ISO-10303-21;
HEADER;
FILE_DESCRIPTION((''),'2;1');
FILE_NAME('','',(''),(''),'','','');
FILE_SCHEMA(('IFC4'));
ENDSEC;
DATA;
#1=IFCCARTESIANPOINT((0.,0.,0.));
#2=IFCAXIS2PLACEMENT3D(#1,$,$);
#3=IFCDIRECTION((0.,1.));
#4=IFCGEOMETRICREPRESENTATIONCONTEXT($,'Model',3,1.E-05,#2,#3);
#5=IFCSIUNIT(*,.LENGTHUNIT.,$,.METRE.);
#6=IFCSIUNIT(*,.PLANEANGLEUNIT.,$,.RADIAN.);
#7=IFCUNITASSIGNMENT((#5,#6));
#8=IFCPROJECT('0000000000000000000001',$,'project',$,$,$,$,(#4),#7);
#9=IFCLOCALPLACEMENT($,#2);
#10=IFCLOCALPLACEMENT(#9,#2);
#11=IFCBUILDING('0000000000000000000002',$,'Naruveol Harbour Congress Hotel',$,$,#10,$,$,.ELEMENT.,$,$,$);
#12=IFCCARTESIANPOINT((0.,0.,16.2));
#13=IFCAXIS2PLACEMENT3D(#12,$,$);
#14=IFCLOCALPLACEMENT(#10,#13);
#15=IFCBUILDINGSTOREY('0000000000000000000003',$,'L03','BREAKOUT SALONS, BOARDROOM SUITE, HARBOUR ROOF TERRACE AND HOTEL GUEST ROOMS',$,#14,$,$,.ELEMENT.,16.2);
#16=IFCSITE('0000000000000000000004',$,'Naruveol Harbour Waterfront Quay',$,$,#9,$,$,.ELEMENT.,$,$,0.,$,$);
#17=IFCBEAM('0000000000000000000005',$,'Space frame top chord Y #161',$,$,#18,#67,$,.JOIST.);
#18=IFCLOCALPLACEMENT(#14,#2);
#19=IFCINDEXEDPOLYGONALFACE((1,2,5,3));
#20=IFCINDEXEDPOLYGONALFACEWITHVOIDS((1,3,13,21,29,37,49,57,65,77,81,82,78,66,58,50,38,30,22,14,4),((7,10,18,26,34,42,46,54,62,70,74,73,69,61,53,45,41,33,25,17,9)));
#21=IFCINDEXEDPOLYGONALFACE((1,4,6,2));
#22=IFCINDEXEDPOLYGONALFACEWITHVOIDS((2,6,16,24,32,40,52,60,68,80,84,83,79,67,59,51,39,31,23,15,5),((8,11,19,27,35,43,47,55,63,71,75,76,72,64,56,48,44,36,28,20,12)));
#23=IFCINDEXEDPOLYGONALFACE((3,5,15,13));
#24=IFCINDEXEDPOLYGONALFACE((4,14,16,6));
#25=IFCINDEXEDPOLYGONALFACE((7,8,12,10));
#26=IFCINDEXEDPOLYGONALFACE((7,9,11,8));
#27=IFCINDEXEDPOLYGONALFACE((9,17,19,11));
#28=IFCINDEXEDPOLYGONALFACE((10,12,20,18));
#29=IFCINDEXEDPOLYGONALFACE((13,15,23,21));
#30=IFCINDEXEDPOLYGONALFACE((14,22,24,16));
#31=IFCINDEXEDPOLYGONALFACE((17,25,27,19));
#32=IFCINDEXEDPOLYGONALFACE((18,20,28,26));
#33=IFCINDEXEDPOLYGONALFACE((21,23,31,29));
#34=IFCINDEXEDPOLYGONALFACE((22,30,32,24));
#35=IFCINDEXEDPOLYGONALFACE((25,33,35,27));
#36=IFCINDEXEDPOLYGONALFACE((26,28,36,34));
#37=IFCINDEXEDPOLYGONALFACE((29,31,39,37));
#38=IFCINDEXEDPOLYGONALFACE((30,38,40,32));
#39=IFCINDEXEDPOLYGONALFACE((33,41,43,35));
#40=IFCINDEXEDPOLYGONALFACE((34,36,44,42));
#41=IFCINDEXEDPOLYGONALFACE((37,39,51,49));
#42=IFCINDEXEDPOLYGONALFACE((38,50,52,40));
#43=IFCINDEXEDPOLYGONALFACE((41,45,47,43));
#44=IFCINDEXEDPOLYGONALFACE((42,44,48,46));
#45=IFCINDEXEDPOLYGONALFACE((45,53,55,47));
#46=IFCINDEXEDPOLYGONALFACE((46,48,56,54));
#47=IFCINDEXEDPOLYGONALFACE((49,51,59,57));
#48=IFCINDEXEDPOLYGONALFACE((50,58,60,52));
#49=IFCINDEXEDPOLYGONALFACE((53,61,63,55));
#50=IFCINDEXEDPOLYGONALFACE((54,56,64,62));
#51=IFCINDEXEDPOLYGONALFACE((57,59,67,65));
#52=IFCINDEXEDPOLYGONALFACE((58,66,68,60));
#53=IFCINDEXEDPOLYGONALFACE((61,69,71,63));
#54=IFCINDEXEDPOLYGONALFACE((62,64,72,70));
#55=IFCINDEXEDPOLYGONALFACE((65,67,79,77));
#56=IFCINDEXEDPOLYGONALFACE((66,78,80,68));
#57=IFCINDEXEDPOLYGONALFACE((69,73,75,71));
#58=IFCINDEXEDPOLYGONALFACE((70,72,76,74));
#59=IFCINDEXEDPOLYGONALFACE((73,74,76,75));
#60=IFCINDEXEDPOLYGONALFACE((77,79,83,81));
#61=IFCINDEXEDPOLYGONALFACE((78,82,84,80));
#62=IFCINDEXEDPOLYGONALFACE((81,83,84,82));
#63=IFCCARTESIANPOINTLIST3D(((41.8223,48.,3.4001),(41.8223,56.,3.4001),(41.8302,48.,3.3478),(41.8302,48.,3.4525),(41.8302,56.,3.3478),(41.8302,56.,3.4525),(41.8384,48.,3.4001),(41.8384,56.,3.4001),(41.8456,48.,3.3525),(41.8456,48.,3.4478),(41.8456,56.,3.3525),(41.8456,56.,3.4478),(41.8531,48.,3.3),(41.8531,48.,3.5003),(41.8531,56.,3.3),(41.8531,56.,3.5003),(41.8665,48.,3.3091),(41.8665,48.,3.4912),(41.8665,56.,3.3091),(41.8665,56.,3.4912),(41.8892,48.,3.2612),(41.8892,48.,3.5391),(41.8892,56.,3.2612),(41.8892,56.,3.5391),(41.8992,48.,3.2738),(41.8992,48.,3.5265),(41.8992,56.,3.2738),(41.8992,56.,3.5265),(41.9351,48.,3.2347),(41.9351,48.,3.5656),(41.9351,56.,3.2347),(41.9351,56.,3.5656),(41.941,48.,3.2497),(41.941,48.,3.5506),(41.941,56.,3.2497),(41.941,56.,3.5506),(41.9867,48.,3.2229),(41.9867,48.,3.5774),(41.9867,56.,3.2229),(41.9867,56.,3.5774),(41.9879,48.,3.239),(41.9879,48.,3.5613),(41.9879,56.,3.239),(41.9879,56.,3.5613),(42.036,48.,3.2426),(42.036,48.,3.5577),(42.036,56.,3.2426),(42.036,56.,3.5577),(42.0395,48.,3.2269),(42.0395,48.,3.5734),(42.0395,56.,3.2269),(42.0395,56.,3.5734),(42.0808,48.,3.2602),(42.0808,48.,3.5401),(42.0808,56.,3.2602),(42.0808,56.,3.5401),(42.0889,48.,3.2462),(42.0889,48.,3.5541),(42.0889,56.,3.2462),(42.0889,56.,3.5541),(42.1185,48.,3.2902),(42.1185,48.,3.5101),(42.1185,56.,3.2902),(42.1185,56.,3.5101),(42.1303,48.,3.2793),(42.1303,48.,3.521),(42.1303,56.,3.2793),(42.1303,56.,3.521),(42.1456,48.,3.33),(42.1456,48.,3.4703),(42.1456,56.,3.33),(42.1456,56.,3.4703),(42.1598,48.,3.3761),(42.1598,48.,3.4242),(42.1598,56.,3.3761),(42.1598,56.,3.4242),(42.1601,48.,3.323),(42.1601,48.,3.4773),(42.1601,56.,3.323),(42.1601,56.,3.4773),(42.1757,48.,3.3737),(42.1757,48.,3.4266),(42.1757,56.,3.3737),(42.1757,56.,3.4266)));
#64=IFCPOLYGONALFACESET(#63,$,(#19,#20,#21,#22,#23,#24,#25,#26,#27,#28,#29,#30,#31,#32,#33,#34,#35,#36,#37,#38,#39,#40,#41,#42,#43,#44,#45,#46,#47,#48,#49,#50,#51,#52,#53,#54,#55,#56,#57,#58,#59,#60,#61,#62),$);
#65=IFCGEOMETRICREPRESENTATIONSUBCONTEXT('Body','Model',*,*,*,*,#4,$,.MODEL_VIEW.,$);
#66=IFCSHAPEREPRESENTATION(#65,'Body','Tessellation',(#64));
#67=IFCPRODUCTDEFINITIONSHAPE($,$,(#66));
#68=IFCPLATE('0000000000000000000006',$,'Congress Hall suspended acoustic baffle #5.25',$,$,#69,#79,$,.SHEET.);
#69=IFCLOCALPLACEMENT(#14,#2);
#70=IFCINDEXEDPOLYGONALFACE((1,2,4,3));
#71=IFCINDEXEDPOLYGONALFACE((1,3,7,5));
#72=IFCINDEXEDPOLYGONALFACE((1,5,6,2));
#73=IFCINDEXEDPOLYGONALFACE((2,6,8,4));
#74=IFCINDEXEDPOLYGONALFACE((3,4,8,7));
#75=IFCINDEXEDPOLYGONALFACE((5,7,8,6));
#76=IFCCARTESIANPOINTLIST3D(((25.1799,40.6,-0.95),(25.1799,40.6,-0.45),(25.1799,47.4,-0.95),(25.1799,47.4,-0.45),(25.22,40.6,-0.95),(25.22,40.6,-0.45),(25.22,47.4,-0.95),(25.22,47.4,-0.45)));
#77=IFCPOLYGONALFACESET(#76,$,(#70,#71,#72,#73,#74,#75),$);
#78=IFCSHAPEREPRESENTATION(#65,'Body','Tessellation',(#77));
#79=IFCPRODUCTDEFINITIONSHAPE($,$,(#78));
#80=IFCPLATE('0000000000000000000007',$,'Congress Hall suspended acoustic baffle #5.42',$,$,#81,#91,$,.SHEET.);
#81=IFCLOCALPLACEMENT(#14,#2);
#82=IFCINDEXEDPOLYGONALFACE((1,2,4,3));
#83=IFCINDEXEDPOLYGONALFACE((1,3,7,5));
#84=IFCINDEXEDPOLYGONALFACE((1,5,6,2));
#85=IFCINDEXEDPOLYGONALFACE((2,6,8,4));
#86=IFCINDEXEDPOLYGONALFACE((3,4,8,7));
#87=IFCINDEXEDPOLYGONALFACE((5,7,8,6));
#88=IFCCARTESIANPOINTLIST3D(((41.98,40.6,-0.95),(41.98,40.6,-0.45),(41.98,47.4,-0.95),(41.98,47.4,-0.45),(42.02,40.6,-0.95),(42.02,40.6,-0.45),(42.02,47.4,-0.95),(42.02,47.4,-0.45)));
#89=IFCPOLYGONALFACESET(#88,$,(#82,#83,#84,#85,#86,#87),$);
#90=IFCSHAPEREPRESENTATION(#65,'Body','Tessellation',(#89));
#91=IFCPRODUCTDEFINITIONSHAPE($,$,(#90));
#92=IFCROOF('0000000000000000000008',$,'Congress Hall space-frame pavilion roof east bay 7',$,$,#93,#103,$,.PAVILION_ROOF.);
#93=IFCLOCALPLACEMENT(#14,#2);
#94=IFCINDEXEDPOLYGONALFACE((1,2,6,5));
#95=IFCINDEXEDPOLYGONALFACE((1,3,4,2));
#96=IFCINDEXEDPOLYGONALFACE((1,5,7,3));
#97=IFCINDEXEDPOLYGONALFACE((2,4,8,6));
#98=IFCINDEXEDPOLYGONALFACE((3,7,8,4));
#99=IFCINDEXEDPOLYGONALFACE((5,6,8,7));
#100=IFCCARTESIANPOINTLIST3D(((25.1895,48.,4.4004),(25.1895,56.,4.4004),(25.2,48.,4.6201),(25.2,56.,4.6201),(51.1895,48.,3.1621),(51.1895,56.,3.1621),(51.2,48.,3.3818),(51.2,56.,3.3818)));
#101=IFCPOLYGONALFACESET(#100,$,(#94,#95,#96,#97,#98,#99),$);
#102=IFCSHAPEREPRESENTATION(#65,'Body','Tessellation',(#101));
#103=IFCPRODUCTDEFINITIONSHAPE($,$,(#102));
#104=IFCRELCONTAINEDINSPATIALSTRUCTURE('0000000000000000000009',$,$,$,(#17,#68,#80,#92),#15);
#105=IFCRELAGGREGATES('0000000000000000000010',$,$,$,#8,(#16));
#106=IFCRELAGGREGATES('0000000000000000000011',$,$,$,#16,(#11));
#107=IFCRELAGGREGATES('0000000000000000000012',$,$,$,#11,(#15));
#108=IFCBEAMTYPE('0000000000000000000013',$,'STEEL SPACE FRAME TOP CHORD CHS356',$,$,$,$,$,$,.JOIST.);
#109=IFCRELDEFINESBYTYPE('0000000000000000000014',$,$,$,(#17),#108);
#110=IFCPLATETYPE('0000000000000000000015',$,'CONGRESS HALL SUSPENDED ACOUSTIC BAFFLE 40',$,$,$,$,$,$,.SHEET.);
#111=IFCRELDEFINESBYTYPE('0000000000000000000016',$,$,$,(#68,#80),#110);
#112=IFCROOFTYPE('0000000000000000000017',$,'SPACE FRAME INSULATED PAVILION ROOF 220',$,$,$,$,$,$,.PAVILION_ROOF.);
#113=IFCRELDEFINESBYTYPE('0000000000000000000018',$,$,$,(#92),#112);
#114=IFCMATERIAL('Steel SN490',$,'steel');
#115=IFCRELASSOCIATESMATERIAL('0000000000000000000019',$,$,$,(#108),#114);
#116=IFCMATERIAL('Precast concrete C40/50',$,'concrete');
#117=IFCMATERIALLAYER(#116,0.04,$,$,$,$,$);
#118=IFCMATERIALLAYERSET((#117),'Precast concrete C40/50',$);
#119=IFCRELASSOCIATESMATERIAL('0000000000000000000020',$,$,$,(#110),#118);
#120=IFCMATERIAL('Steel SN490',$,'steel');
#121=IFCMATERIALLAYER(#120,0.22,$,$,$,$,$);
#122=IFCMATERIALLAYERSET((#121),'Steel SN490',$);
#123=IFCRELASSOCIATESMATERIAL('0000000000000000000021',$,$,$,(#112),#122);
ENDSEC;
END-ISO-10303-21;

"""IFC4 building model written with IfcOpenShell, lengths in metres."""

from ifc_helpers import new_model, si_unit, direction, frame, origin, origin_2d, place, context, subcontext, project, spatial, polyline, rectangle, hollow_circle, outline, extrude, material, layer, layer_set, material_profile, profile_set, type_object, element, save


model = new_model("IFC4")

# Units and contexts
model_context = context("Model", 3, precision=1e-05, world=origin(), true_north=direction((0.0, 1.0)))
body_context = subcontext(model_context, "Body", "Model", "MODEL_VIEW")
ifc_project = project(units=[si_unit("LENGTHUNIT", "METRE"), si_unit("PLANEANGLEUNIT", "RADIAN")], contexts=[model_context])

# Site, building, storey
site_placement = place(None, origin())
site = spatial("IfcSite", under=ifc_project, at=site_placement, Name="Naruveol Harbour Waterfront Quay", CompositionType="ELEMENT", RefElevation=0.0)
building_placement = place(site_placement, origin())
building = spatial("IfcBuilding", under=site, at=building_placement, Name="Naruveol Harbour Congress Hotel", CompositionType="ELEMENT")
storey_placement = place(building_placement, frame((0.0, 0.0, 16.2)))
storey = spatial("IfcBuildingStorey", under=building, at=storey_placement, Name="L03", Description="BREAKOUT SALONS, BOARDROOM SUITE, HARBOUR ROOF TERRACE AND HOTEL GUEST ROOMS", CompositionType="ELEMENT", Elevation=16.2)

# Beam
ifc_material_1 = material(Name="Steel SN490", Category="steel")
ifc_material_profile_1 = material_profile(ifc_material_1, hollow_circle(Radius=0.1777, WallThickness=0.0161, at=origin_2d()), Name="CHS-355.6x16")
ifc_profile_set_1 = profile_set([ifc_material_profile_1], Name="Steel SN490")
beam_type_1 = type_object("IfcBeamType", Name="STEEL SPACE FRAME TOP CHORD CHS356", PredefinedType="JOIST", material=ifc_profile_set_1)
for number, where, z_axis, x_axis, name in (
    (1, (42.0, 48.0, 3.4001), (0.0, 1.0, 0.0), (-1.0, 0.0, 0.0), "Space frame top chord Y #161"),
):
    element("IfcBeam", number, at=place(storey_placement, frame(where, z_axis=z_axis, x_axis=x_axis)), inside=storey, type_object=beam_type_1, Name=name, PredefinedType="JOIST", context=body_context, shape_type="SweptSolid", body=[
        extrude(hollow_circle(Radius=0.1777, WallThickness=0.0161, at=origin_2d()), origin(), (0.0, 0.0, 1.0), 8.0),
    ])

# Plates
ifc_material_2 = material(Name="Precast concrete C40/50", Category="concrete")
ifc_layer_1 = layer(ifc_material_2, 0.04)
ifc_layer_set_1 = layer_set([ifc_layer_1], Name="Precast concrete C40/50")
plate_type = type_object("IfcPlateType", Name="CONGRESS HALL SUSPENDED ACOUSTIC BAFFLE 40", PredefinedType="SHEET", material=ifc_layer_set_1)
for number, where, z_axis, x_axis, name in (
    (2, (25.2, 44.0, -0.95), (0.0, 0.0, 1.0), (1.0, 0.0, 0.0), "Congress Hall suspended acoustic baffle #5.25"),
    (3, (42.0, 44.0, -0.95), (0.0, 0.0, 1.0), (1.0, 0.0, 0.0), "Congress Hall suspended acoustic baffle #5.42"),
):
    element("IfcPlate", number, at=place(storey_placement, frame(where, z_axis=z_axis, x_axis=x_axis)), inside=storey, type_object=plate_type, Name=name, PredefinedType="SHEET", context=body_context, shape_type="SweptSolid", body=[
        extrude(rectangle(XDim=0.04, YDim=6.8, at=origin_2d()), origin(), (0.0, 0.0, 1.0), 0.5),
    ])

# Roof
ifc_material_3 = material(Name="Steel SN490", Category="steel")
ifc_layer_2 = layer(ifc_material_3, 0.22)
ifc_layer_set_2 = layer_set([ifc_layer_2], Name="Steel SN490")
roof_type = type_object("IfcRoofType", Name="SPACE FRAME INSULATED PAVILION ROOF 220", PredefinedType="PAVILION_ROOF", material=ifc_layer_set_2)
roof_placement = place(storey_placement, frame((25.2, 48.0, 4.6201), z_axis=(0.047572, 0.0, 0.998868), x_axis=(0.998868, 0.0, -0.047572)))
element("IfcRoof", 4, at=roof_placement, inside=storey, type_object=roof_type, Name="Congress Hall space-frame pavilion roof east bay 7", PredefinedType="PAVILION_ROOF", context=body_context, shape_type="SweptSolid", body=[
    extrude(outline(polyline([(0.0, 0.0), (26.0295, 0.0), (26.0295, 8.0), (0.0, 8.0), (0.0, 0.0)])), origin(), (0.0, 0.0, -1.0), 0.22),
])

save(model, "model.ifc")
